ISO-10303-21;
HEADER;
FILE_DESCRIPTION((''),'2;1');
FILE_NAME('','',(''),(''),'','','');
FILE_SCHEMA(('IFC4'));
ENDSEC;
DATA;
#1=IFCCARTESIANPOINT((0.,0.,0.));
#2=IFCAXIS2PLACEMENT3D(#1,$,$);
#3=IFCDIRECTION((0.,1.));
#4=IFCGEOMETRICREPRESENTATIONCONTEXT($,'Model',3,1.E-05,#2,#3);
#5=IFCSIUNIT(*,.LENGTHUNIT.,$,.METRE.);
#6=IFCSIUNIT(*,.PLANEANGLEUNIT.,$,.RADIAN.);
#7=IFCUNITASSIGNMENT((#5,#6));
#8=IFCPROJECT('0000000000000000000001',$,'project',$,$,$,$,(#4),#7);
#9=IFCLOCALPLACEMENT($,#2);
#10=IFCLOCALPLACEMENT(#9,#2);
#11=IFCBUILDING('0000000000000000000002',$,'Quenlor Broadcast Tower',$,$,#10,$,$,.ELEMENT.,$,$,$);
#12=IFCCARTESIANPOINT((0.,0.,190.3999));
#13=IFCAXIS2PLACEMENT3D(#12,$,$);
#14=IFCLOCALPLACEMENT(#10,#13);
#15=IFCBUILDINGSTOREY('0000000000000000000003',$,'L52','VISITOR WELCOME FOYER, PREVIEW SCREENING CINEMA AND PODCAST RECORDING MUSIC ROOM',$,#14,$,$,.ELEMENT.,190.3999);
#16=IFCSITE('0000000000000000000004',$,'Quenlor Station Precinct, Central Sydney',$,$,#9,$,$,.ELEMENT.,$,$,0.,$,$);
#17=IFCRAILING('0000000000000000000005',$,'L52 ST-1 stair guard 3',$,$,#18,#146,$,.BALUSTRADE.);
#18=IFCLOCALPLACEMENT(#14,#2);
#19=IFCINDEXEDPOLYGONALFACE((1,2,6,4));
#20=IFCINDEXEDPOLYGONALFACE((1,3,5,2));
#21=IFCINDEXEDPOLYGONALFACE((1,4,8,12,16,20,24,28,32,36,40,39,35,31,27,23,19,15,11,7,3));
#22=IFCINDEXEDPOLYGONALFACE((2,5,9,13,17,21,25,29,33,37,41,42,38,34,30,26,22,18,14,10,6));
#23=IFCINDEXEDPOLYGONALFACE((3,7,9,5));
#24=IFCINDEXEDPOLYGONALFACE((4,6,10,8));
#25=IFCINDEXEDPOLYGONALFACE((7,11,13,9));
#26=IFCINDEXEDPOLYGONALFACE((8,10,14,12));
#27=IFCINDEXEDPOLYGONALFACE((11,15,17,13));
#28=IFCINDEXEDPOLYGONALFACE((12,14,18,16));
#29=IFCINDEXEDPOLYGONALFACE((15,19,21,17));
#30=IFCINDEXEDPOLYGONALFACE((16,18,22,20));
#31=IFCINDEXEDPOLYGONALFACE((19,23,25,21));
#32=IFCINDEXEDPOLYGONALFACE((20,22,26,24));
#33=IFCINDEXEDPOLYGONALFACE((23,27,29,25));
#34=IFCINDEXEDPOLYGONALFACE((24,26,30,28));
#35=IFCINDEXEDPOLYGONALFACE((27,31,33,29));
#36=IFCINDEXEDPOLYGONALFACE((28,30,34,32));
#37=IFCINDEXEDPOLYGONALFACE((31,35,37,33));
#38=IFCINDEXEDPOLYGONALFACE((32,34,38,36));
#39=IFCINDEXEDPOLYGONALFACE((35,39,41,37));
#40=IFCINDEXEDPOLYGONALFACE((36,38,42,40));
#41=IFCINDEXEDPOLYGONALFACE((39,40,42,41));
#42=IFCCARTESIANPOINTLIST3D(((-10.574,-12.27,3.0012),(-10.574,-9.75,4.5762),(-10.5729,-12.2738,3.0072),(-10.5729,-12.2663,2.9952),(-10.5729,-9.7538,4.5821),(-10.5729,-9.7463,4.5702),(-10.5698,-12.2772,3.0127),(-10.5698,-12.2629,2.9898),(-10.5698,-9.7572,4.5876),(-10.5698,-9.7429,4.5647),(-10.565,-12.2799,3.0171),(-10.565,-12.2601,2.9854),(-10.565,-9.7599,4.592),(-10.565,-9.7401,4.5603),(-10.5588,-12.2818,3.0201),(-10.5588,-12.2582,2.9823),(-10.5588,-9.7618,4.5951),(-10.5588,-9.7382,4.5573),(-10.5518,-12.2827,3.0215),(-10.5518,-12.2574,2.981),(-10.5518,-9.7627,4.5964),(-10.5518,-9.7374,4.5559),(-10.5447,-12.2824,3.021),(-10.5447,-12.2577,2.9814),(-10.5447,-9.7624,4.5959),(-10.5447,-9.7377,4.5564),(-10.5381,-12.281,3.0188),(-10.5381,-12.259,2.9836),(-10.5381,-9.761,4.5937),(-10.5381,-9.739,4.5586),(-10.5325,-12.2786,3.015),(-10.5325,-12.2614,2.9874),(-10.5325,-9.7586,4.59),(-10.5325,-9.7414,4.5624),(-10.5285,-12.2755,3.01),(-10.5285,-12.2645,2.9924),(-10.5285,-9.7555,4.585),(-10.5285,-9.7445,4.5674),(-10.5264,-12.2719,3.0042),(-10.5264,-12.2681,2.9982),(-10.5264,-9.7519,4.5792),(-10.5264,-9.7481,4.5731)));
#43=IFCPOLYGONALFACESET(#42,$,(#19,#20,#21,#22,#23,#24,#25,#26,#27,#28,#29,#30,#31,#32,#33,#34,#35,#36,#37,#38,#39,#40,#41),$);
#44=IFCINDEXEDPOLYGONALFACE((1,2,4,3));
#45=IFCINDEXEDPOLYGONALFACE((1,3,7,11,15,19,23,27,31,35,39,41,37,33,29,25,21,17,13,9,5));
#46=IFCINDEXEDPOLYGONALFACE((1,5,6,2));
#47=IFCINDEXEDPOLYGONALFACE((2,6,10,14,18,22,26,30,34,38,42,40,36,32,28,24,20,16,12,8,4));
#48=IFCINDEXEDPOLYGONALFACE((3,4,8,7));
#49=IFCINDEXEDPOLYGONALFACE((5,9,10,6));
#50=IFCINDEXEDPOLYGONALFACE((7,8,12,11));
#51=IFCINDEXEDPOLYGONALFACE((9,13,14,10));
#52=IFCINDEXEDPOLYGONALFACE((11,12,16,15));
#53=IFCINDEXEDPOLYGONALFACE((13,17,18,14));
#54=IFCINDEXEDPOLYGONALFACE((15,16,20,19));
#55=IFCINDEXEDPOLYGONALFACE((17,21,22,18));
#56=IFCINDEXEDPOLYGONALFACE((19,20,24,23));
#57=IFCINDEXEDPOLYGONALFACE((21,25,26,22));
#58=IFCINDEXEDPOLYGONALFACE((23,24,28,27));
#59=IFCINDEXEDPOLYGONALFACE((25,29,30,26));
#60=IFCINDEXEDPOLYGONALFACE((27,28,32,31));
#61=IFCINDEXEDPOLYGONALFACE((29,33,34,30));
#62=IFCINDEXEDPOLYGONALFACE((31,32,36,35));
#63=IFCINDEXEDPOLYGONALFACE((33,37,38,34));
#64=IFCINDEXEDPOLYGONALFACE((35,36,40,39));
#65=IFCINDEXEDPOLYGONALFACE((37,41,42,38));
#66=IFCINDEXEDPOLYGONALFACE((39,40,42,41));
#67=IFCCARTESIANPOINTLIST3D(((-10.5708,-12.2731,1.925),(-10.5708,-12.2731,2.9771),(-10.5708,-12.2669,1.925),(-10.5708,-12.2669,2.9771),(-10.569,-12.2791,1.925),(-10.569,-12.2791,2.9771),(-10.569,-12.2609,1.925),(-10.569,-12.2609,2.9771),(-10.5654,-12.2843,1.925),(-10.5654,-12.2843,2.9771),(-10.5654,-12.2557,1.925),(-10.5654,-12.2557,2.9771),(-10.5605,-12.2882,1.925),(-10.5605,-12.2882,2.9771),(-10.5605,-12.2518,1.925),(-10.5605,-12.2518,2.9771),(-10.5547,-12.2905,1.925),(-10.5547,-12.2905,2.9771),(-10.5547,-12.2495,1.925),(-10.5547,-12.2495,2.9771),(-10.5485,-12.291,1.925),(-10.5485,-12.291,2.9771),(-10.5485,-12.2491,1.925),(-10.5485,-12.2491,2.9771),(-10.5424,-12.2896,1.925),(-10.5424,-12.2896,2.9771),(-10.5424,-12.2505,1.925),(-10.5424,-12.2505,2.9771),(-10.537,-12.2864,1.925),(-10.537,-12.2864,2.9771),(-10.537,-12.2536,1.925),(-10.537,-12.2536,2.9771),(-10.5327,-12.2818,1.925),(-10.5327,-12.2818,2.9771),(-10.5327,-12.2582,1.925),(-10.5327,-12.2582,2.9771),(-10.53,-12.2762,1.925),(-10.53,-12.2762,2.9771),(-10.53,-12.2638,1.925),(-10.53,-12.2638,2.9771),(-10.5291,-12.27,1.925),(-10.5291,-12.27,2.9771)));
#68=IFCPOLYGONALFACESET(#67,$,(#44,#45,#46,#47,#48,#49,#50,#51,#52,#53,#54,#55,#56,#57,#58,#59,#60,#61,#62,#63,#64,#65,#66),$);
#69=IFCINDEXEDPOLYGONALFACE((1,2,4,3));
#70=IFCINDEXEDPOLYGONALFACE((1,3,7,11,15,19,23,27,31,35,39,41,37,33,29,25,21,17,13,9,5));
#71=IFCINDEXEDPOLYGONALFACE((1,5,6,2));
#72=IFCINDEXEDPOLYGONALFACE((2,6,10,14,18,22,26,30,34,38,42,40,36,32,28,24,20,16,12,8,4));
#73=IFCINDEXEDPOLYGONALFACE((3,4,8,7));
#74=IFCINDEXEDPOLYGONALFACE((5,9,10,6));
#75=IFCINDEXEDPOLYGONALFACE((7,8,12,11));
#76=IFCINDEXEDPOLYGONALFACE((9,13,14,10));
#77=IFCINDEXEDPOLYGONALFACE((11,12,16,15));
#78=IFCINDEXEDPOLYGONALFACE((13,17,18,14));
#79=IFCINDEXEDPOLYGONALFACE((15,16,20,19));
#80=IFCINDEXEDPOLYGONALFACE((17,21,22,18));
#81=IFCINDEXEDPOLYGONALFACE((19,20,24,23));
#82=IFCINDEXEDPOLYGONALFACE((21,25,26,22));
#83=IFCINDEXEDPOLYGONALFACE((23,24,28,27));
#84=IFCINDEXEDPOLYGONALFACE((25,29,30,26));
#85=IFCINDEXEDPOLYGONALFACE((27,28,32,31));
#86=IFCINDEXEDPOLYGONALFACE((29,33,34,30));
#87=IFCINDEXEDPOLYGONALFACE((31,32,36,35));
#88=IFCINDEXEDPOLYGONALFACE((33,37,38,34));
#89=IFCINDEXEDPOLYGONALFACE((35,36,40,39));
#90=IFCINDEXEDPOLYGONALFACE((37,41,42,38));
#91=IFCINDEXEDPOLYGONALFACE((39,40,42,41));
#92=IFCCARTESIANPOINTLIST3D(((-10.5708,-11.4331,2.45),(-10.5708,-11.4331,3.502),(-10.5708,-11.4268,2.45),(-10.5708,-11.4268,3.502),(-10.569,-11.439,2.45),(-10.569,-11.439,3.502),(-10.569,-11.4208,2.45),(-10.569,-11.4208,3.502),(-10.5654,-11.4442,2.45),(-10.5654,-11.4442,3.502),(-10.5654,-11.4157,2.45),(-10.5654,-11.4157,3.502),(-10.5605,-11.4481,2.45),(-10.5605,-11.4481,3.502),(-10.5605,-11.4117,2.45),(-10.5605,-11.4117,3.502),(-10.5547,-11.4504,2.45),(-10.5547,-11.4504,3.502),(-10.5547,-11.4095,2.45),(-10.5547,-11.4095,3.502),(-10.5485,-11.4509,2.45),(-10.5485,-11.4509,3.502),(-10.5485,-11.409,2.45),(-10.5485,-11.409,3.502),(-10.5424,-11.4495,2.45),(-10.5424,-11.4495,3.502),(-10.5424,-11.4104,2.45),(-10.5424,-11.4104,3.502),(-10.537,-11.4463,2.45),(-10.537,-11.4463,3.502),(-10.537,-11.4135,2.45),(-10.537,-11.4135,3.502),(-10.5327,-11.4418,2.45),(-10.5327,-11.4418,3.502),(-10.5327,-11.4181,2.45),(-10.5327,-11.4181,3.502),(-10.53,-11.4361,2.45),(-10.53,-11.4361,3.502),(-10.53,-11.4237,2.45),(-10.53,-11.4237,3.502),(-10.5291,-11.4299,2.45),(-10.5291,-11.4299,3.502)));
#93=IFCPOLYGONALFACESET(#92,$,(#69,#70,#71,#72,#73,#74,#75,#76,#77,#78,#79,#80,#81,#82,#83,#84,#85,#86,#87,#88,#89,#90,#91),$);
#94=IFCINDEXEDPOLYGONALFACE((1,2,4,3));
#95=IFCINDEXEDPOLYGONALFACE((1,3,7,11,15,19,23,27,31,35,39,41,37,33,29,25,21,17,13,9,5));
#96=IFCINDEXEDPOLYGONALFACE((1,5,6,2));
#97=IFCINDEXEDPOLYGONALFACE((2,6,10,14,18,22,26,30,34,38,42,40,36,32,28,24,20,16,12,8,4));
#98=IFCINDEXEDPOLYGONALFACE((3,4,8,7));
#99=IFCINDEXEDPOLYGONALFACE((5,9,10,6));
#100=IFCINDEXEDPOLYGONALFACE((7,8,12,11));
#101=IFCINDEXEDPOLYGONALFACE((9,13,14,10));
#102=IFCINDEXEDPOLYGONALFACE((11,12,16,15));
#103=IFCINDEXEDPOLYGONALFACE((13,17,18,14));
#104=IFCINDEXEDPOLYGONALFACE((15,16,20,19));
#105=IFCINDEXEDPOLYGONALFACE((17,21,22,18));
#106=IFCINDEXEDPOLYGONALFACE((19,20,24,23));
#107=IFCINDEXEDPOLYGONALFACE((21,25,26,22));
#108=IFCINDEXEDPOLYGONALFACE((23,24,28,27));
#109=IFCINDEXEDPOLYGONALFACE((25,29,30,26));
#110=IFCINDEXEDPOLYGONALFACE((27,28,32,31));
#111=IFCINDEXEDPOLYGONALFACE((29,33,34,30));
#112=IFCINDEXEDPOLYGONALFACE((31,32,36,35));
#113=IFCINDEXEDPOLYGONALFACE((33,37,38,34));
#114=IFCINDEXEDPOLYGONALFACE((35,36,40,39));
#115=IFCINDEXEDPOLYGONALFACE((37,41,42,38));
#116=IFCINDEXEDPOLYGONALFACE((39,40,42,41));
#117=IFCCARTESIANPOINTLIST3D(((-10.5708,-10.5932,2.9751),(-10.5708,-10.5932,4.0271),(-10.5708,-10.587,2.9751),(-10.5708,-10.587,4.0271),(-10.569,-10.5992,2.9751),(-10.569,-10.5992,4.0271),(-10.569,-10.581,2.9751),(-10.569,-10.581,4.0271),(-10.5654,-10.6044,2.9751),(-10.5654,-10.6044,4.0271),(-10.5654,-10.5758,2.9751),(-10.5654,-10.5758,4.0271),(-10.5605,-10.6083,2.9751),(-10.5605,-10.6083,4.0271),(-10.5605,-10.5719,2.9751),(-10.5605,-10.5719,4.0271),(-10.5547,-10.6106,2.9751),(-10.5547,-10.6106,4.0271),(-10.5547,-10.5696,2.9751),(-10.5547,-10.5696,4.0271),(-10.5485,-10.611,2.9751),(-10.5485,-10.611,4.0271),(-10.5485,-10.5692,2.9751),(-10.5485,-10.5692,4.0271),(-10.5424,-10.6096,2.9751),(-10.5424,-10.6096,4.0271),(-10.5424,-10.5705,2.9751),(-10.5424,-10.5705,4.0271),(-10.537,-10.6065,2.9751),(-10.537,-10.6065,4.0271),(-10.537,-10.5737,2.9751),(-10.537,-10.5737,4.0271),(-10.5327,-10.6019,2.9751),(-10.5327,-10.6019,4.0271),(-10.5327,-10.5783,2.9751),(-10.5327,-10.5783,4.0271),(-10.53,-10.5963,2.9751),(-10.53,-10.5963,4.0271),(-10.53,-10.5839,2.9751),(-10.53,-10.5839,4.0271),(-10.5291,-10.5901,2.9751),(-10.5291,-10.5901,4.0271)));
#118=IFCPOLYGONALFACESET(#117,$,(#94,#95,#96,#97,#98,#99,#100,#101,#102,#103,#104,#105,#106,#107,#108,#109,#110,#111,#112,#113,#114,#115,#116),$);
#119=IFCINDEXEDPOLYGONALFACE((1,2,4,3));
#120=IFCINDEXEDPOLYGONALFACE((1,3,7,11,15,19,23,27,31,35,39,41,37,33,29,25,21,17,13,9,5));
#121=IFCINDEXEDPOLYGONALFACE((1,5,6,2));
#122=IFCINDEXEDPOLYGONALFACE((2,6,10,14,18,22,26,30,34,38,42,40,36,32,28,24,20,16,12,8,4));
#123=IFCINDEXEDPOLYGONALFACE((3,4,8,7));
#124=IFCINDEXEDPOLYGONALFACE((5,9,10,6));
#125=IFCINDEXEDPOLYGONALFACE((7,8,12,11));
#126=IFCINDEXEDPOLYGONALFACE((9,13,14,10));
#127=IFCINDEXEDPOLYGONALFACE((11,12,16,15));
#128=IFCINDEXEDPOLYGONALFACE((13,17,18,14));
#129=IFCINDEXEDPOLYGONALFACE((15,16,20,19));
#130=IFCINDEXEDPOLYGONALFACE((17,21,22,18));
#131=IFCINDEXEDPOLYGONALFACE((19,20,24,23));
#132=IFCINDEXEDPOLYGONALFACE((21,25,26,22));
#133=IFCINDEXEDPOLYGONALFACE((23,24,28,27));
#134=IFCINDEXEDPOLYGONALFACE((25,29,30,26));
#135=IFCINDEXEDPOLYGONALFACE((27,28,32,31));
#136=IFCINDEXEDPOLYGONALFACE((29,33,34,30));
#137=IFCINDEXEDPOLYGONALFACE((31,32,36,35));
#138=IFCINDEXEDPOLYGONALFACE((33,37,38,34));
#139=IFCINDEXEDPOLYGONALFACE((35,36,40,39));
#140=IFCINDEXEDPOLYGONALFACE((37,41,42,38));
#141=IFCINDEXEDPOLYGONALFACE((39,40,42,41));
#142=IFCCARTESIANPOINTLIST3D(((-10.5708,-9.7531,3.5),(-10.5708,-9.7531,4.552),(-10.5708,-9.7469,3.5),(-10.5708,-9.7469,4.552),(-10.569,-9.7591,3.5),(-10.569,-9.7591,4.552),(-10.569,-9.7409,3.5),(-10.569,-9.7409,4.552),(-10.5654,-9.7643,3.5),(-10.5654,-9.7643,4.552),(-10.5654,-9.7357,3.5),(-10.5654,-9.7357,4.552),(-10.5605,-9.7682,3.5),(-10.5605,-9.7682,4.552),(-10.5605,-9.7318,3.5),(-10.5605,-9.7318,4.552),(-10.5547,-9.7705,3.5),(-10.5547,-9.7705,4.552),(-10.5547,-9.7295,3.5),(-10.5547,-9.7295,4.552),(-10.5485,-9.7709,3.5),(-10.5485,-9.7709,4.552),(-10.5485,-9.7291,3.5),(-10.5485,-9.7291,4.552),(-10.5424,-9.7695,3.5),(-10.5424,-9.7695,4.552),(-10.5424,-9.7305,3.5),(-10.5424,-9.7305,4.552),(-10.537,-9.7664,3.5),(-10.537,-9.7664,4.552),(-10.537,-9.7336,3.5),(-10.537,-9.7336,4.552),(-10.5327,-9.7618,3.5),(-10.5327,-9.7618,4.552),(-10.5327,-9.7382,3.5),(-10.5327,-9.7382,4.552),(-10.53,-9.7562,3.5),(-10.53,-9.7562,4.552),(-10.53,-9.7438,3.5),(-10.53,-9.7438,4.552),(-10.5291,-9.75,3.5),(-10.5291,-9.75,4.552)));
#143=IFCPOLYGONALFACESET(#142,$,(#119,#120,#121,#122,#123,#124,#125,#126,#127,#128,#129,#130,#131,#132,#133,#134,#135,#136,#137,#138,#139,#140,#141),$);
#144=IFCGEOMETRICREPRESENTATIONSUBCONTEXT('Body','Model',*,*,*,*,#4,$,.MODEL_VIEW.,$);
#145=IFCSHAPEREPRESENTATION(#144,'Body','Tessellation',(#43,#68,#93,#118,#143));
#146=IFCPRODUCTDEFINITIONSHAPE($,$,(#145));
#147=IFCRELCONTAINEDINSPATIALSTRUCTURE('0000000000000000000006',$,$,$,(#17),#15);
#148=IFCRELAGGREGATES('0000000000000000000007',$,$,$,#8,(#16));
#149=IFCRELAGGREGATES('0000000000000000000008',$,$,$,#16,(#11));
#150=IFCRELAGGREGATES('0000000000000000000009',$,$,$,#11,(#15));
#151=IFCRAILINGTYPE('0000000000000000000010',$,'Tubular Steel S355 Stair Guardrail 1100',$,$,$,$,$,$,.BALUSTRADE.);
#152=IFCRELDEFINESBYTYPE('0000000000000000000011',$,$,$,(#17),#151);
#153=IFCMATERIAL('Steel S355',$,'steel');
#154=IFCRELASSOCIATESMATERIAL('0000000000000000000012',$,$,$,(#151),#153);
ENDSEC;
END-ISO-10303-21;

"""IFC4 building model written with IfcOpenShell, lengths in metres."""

from ifc_helpers import new_model, si_unit, direction, frame, origin, origin_2d, place, context, subcontext, project, spatial, circle, extrude, material, type_object, element, save


model = new_model("IFC4")

# Units and contexts
model_context = context("Model", 3, precision=1e-05, world=origin(), true_north=direction((0.0, 1.0)))
body_context = subcontext(model_context, "Body", "Model", "MODEL_VIEW")
ifc_project = project(units=[si_unit("LENGTHUNIT", "METRE"), si_unit("PLANEANGLEUNIT", "RADIAN")], contexts=[model_context])

# Site, building, storey
site_placement = place(None, origin())
site = spatial("IfcSite", under=ifc_project, at=site_placement, Name="Quenlor Station Precinct, Central Sydney", CompositionType="ELEMENT", RefElevation=0.0)
building_placement = place(site_placement, origin())
building = spatial("IfcBuilding", under=site, at=building_placement, Name="Quenlor Broadcast Tower", CompositionType="ELEMENT")
storey_placement = place(building_placement, frame((0.0, 0.0, 190.3999)))
storey = spatial("IfcBuildingStorey", under=building, at=storey_placement, Name="L52", Description="VISITOR WELCOME FOYER, PREVIEW SCREENING CINEMA AND PODCAST RECORDING MUSIC ROOM", CompositionType="ELEMENT", Elevation=190.3999)

# Railing
ifc_material_1 = material(Name="Steel S355", Category="steel")
railing_type_1 = type_object("IfcRailingType", Name="Tubular Steel S355 Stair Guardrail 1100", PredefinedType="BALUSTRADE", material=ifc_material_1)
railing_1_placement = place(storey_placement, frame((-10.55, -12.27, 1.925)))
element("IfcRailing", 1, at=railing_1_placement, inside=storey, type_object=railing_type_1, Name="L52 ST-1 stair guard 3", PredefinedType="BALUSTRADE", context=body_context, shape_type="SweptSolid", body=[
    extrude(circle(Radius=0.0239, at=origin_2d()), frame((0.0, 0.0, 1.0762), z_axis=(0.0, 0.848008, 0.529984), x_axis=(-1.0, 0.0, 0.0)), (0.0, 0.0, 1.0), 2.9717),
    extrude(circle(Radius=0.021, at=origin_2d()), origin(), (0.0, 0.0, 1.0), 1.052),
    extrude(circle(Radius=0.021, at=origin_2d()), frame((0.0, 0.8401, 0.5249)), (0.0, 0.0, 1.0), 1.052),
    extrude(circle(Radius=0.021, at=origin_2d()), frame((0.0, 1.6799, 1.05)), (0.0, 0.0, 1.0), 1.052),
    extrude(circle(Radius=0.021, at=origin_2d()), frame((0.0, 2.52, 1.575)), (0.0, 0.0, 1.0), 1.052),
])

save(model, "model.ifc")
